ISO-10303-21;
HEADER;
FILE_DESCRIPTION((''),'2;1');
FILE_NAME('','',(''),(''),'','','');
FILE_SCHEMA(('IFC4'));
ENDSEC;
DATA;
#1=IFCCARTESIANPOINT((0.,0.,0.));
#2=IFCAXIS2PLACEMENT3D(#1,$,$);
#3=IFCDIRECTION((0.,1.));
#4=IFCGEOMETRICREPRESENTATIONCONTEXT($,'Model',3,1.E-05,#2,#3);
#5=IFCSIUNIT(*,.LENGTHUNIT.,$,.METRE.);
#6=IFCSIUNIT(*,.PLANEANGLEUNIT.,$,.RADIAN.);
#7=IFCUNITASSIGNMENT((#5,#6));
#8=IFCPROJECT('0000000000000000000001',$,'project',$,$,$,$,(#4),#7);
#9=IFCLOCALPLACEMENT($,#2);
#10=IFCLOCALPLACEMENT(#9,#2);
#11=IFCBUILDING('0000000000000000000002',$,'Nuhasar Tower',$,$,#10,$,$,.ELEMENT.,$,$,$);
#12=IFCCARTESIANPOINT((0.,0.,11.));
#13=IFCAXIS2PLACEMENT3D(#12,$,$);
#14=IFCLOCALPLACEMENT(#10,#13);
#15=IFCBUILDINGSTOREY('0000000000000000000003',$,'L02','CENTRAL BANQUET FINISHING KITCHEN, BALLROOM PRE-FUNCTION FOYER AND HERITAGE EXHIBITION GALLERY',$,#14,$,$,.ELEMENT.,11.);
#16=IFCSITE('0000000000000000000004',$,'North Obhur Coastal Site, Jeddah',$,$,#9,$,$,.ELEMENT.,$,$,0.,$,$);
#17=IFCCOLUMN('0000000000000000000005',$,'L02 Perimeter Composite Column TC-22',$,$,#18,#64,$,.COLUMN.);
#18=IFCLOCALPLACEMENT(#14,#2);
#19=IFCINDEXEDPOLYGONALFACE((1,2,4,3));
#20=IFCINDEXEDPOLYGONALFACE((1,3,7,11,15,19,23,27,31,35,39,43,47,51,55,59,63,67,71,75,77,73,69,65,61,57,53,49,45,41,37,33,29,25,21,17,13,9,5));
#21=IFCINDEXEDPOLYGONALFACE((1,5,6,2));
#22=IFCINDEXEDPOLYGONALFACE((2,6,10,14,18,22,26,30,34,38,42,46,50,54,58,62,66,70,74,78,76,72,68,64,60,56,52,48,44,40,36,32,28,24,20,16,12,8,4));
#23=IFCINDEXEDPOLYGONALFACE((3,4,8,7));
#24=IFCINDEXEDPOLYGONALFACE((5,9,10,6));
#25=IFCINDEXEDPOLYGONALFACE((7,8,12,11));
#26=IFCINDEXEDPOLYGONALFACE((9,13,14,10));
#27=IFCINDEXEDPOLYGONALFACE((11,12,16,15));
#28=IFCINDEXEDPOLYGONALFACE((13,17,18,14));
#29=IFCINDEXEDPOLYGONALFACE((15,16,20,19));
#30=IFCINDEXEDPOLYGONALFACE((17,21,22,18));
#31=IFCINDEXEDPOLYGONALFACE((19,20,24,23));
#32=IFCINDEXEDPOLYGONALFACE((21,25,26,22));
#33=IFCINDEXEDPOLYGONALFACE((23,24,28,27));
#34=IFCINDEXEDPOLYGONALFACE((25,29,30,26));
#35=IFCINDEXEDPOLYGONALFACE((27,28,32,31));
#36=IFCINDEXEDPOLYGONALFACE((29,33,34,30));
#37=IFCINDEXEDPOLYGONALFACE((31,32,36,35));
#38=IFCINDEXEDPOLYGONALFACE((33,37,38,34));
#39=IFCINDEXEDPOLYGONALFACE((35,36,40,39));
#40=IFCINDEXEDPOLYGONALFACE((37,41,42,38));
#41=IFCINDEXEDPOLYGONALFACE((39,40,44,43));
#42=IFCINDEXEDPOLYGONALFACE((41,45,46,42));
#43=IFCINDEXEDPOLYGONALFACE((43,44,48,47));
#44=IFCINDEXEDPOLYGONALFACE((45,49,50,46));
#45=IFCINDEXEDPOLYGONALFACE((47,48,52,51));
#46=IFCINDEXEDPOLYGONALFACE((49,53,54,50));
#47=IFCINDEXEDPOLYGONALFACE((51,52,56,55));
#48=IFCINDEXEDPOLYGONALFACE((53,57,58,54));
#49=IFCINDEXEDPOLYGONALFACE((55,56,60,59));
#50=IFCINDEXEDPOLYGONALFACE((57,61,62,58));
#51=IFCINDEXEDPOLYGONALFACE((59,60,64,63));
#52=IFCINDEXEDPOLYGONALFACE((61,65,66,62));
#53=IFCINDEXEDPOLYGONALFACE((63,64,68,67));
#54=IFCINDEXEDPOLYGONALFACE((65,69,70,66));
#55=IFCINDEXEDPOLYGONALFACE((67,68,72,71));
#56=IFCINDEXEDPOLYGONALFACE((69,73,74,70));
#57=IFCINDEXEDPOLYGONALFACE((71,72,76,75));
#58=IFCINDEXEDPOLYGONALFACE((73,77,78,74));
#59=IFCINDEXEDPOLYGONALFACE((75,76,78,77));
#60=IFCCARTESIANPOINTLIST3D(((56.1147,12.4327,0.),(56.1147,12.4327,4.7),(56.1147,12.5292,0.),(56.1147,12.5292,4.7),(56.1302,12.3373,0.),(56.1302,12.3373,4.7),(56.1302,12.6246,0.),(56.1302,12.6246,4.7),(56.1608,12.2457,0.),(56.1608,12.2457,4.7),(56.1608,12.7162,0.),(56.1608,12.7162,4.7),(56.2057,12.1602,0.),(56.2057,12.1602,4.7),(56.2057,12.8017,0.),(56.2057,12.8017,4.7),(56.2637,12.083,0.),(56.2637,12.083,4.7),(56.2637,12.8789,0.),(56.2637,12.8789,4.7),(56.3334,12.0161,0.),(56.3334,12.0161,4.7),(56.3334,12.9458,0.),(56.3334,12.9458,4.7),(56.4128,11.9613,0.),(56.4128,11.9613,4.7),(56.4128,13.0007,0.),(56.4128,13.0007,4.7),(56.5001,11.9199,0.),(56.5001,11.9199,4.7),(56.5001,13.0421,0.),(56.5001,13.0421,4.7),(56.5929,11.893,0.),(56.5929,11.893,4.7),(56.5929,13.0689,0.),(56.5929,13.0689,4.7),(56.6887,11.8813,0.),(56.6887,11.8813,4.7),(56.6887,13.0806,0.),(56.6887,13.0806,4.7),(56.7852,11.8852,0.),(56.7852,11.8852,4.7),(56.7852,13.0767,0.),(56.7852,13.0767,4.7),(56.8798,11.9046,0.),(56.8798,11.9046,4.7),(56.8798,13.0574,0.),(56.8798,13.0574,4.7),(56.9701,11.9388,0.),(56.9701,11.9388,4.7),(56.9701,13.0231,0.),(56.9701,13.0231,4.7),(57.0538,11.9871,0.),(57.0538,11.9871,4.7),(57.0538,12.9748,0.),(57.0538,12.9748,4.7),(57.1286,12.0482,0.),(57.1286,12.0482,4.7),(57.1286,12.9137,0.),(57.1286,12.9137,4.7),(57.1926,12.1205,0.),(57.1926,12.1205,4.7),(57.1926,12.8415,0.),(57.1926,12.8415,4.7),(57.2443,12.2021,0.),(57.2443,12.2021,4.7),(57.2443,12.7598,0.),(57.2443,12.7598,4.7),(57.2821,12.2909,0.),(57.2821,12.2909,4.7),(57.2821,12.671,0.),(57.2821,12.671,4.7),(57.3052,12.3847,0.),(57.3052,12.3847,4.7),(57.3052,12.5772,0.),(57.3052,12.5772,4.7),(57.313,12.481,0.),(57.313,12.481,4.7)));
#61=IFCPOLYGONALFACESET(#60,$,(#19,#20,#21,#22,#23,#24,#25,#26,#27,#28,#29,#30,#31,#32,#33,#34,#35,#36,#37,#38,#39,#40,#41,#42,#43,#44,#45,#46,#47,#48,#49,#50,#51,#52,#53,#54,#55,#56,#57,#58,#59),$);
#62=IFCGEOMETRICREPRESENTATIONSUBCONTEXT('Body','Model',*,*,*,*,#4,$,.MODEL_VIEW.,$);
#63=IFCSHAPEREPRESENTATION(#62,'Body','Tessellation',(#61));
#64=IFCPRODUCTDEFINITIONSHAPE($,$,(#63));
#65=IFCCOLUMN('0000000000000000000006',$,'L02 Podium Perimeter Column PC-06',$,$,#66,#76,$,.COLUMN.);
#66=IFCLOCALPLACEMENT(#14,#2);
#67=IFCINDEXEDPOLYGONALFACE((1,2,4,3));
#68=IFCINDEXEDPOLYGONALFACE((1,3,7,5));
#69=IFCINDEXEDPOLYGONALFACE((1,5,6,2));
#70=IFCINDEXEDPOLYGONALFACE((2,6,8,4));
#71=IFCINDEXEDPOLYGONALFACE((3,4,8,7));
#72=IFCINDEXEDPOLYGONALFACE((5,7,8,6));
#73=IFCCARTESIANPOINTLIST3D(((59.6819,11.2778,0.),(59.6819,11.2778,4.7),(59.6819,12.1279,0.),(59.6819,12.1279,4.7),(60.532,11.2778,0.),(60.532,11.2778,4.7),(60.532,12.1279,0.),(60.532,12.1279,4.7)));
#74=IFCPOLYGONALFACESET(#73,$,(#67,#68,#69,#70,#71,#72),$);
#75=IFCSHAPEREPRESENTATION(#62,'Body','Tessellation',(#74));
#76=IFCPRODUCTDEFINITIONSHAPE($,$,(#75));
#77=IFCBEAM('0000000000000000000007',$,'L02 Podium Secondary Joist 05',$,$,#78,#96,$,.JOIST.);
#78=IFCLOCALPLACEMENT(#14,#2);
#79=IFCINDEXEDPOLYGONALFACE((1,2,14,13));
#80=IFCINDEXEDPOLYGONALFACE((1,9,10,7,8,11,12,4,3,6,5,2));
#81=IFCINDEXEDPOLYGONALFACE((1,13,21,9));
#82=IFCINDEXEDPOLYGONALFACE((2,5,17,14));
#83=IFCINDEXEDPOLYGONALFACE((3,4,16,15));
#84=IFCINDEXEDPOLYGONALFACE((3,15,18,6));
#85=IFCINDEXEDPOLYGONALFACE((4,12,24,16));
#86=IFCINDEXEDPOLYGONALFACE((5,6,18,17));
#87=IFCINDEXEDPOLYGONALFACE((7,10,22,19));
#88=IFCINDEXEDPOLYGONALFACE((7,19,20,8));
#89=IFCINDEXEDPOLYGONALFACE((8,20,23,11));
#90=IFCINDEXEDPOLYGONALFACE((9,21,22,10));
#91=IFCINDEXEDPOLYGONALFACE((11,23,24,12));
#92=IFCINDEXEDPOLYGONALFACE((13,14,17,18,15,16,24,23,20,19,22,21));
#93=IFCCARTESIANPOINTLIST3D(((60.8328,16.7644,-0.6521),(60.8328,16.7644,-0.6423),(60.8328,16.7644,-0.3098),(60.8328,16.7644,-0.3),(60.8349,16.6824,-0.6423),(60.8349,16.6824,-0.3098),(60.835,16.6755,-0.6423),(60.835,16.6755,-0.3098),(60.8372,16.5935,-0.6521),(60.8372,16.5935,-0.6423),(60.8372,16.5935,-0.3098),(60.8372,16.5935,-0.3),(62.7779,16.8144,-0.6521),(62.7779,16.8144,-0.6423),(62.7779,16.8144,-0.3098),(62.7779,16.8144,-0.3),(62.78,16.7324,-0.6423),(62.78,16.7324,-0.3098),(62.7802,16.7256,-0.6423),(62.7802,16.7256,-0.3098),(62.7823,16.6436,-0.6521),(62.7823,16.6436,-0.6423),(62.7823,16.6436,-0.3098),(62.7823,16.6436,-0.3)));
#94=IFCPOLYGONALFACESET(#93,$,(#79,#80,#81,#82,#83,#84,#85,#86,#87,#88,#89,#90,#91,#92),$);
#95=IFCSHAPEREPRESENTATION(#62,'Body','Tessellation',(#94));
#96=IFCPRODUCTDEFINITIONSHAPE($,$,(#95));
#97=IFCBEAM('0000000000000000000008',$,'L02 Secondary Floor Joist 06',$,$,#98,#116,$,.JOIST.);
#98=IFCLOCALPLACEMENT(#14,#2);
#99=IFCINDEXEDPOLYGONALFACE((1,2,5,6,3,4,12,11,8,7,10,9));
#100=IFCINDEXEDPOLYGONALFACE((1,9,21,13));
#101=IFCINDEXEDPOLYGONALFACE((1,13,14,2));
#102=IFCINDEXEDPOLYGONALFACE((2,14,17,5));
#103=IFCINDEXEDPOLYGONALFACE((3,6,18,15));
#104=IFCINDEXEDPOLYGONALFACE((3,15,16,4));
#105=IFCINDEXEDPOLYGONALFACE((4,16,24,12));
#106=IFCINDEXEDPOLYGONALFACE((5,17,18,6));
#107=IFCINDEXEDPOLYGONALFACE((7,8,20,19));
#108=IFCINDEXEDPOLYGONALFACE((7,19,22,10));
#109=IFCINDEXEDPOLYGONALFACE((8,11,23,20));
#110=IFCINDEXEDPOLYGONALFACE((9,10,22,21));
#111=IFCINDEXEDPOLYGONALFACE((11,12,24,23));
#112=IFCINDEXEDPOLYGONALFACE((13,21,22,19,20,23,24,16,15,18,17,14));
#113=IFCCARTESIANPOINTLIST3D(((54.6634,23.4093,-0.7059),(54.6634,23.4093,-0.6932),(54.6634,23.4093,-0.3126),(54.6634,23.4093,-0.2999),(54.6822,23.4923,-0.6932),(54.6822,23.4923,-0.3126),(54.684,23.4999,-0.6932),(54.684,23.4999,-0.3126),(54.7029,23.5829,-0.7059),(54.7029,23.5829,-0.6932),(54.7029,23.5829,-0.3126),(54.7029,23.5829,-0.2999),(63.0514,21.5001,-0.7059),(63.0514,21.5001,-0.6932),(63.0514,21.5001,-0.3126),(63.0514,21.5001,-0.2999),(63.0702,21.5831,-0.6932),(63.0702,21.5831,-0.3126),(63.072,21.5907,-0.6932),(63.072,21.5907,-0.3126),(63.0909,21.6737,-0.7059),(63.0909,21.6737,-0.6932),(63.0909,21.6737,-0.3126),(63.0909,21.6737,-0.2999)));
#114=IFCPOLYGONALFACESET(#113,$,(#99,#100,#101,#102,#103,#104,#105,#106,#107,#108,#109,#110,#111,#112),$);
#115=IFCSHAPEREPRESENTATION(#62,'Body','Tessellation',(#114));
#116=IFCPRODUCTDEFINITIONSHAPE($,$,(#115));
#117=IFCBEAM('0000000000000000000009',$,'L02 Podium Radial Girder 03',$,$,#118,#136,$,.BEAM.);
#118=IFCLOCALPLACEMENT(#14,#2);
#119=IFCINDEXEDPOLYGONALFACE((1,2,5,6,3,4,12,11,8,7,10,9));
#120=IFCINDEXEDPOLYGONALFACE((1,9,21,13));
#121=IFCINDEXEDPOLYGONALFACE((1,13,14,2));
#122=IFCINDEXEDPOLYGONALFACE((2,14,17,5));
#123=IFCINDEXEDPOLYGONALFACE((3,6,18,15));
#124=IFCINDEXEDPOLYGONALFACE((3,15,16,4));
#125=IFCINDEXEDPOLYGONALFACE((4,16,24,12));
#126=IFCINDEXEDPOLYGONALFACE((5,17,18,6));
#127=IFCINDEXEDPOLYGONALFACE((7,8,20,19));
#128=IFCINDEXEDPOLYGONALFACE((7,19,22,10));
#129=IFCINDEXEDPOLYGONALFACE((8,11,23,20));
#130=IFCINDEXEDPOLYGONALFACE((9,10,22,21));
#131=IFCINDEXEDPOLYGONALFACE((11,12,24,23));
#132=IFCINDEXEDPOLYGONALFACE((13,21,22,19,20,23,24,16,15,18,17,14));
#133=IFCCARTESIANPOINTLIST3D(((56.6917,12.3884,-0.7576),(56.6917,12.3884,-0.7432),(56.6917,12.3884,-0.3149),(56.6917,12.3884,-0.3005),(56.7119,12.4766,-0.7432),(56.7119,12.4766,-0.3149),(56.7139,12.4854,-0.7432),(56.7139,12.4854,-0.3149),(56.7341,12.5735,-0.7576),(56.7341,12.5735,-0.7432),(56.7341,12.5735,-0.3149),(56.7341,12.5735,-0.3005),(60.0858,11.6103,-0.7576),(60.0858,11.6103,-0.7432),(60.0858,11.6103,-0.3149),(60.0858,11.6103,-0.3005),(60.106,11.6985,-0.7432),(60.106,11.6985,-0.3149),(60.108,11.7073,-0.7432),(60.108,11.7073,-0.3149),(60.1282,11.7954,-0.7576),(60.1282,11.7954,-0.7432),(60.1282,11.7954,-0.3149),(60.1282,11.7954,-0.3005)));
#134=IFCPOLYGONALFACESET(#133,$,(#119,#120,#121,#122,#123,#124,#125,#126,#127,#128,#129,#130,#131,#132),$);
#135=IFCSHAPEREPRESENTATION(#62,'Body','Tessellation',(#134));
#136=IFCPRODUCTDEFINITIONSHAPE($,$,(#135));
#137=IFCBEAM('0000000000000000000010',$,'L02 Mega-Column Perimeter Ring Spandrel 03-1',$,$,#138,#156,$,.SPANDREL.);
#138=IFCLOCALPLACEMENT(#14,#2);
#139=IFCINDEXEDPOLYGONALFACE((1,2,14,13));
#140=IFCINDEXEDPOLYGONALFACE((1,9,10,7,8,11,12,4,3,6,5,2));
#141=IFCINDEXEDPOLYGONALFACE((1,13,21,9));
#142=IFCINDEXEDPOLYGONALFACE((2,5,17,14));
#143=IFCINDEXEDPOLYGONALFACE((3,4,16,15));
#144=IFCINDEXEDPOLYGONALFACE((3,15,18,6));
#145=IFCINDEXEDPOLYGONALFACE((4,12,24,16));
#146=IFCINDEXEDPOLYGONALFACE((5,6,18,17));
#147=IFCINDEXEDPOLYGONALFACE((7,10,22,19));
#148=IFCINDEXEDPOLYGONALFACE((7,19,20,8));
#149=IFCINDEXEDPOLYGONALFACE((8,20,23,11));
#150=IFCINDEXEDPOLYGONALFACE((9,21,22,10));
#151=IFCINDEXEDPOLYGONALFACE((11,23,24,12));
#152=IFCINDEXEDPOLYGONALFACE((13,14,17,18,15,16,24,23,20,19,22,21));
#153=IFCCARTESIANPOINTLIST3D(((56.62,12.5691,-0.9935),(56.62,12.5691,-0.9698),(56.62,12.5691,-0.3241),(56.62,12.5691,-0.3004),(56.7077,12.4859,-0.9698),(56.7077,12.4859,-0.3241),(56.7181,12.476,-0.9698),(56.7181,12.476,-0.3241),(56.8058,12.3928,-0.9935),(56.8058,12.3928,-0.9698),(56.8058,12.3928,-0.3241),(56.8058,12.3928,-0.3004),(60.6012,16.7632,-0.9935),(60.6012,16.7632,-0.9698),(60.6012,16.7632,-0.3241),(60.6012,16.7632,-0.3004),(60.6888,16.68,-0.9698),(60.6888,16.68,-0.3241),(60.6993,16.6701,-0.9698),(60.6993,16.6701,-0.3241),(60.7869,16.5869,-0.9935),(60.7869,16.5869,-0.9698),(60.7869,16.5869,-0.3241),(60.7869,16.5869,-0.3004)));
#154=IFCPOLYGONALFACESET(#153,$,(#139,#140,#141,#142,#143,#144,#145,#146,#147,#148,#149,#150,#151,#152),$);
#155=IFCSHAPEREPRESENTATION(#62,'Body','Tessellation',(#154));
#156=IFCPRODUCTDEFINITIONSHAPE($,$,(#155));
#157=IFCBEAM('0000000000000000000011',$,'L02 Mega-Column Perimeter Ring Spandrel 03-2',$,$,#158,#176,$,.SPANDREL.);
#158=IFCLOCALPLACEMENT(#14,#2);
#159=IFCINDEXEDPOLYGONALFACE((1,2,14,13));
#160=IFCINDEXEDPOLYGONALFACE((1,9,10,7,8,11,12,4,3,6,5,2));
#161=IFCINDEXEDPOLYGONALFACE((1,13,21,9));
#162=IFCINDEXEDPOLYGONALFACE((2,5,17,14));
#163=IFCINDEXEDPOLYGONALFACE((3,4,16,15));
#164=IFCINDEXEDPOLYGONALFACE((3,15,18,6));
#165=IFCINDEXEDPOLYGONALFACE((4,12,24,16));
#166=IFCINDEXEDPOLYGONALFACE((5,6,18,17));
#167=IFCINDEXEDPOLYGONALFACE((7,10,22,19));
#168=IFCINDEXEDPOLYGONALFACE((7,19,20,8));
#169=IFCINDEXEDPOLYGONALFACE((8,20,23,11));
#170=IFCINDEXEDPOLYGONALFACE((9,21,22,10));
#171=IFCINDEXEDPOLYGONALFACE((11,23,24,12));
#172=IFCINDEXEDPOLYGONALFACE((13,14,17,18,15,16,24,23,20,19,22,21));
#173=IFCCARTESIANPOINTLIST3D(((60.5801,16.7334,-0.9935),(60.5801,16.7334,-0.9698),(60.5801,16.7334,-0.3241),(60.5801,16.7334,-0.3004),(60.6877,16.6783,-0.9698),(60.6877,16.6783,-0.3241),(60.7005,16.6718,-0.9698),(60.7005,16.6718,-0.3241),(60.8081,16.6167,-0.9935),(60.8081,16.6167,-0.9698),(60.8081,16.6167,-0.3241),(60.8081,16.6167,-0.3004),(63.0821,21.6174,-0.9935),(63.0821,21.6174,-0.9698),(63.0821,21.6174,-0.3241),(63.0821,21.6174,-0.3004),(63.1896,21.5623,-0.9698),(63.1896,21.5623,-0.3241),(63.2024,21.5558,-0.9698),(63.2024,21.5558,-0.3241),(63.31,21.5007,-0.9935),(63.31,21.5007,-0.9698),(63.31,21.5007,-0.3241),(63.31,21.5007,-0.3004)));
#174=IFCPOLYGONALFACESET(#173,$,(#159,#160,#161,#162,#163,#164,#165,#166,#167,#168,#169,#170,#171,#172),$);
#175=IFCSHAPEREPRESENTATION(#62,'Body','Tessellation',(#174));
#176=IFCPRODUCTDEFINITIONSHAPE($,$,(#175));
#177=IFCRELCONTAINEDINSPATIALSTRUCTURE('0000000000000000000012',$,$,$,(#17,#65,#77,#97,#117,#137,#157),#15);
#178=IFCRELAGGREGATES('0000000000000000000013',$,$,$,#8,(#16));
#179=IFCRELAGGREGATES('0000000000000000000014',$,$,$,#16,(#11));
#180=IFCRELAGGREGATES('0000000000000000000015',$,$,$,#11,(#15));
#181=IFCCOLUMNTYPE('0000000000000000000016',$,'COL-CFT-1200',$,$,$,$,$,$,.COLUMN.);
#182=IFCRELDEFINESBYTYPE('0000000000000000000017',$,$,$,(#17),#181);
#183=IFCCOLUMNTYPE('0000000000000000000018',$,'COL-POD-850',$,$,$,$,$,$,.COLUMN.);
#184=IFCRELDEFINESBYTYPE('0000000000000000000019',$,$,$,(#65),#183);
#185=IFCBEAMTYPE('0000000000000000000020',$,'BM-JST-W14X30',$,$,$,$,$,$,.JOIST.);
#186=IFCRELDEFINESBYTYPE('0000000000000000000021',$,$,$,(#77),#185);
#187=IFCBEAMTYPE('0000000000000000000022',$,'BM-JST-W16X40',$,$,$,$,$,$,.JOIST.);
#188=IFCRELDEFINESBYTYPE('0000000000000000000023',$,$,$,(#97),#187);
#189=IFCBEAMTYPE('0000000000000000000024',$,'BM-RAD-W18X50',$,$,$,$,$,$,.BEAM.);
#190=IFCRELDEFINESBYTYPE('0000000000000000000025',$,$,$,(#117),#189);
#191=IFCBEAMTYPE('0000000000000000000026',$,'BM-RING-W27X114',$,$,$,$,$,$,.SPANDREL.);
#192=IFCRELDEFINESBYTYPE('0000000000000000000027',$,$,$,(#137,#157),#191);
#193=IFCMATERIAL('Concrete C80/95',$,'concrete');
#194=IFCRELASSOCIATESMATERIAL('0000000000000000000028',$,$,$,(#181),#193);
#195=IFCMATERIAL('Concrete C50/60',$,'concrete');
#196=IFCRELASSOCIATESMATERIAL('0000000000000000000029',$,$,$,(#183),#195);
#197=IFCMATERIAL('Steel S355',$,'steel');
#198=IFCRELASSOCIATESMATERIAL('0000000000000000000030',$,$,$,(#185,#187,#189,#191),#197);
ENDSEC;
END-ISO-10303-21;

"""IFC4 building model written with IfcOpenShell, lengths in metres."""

from ifc_helpers import new_model, si_unit, direction, frame, origin, origin_2d, place, context, subcontext, project, spatial, rectangle, circle, i_section, extrude, material, material_profile, profile_set, type_object, element, save


model = new_model("IFC4")

# Units and contexts
model_context = context("Model", 3, precision=1e-05, world=origin(), true_north=direction((0.0, 1.0)))
body_context = subcontext(model_context, "Body", "Model", "MODEL_VIEW")
ifc_project = project(units=[si_unit("LENGTHUNIT", "METRE"), si_unit("PLANEANGLEUNIT", "RADIAN")], contexts=[model_context])

# Site, building, storey
site_placement = place(None, origin())
site = spatial("IfcSite", under=ifc_project, at=site_placement, Name="North Obhur Coastal Site, Jeddah", CompositionType="ELEMENT", RefElevation=0.0)
building_placement = place(site_placement, origin())
building = spatial("IfcBuilding", under=site, at=building_placement, Name="Nuhasar Tower", CompositionType="ELEMENT")
storey_placement = place(building_placement, frame((0.0, 0.0, 11.0)))
storey = spatial("IfcBuildingStorey", under=building, at=storey_placement, Name="L02", Description="CENTRAL BANQUET FINISHING KITCHEN, BALLROOM PRE-FUNCTION FOYER AND HERITAGE EXHIBITION GALLERY", CompositionType="ELEMENT", Elevation=11.0)

# Columns
ifc_material_1 = material(Name="Concrete C80/95", Category="concrete")
ifc_material_profile_1 = material_profile(ifc_material_1, circle(Radius=0.6001, at=origin_2d()), Name="CFT1200")
ifc_profile_set_1 = profile_set([ifc_material_profile_1], Name="Concrete C80/95")
column_type_1 = type_object("IfcColumnType", Name="COL-CFT-1200", PredefinedType="COLUMN", material=ifc_profile_set_1)
column_1_placement = place(storey_placement, frame((56.7129, 12.481, 0.0), z_axis=(0.0, 0.0, 1.0), x_axis=(1.0, 0.0, 0.0)))
element("IfcColumn", 1, at=column_1_placement, inside=storey, type_object=column_type_1, Name="L02 Perimeter Composite Column TC-22", PredefinedType="COLUMN", context=body_context, shape_type="SweptSolid", body=[
    extrude(circle(Radius=0.6001, at=origin_2d()), origin(), (0.0, 0.0, 1.0), 4.7),
])
ifc_material_2 = material(Name="Concrete C50/60", Category="concrete")
ifc_material_profile_2 = material_profile(ifc_material_2, rectangle(XDim=0.8501, YDim=0.8501, at=origin_2d()), Name="RC850X850")
ifc_profile_set_2 = profile_set([ifc_material_profile_2], Name="Concrete C50/60")
column_type_2 = type_object("IfcColumnType", Name="COL-POD-850", PredefinedType="COLUMN", material=ifc_profile_set_2)
column_2_placement = place(storey_placement, frame((60.1069, 11.7029, 0.0), z_axis=(0.0, 0.0, 1.0), x_axis=(1.0, 0.0, 0.0)))
element("IfcColumn", 2, at=column_2_placement, inside=storey, type_object=column_type_2, Name="L02 Podium Perimeter Column PC-06", PredefinedType="COLUMN", context=body_context, shape_type="SweptSolid", body=[
    extrude(rectangle(XDim=0.8501, YDim=0.8501, at=origin_2d()), origin(), (0.0, 0.0, 1.0), 4.7),
])

# Beams
ifc_material_3 = material(Name="Steel S355", Category="steel")
ifc_material_profile_3 = material_profile(ifc_material_3, i_section(OverallWidth=0.1709, OverallDepth=0.3521, WebThickness=0.0068, FlangeThickness=0.0098, at=origin_2d()), Name="W14X30")
ifc_profile_set_3 = profile_set([ifc_material_profile_3], Name="Steel S355")
beam_type_1 = type_object("IfcBeamType", Name="BM-JST-W14X30", PredefinedType="JOIST", material=ifc_profile_set_3)
beam_1_placement = place(storey_placement, frame((60.835, 16.679, -0.4761), z_axis=(0.999669, 0.025723, 0.0), x_axis=(-0.025723, 0.999669, 0.0)))
element("IfcBeam", 3, at=beam_1_placement, inside=storey, type_object=beam_type_1, Name="L02 Podium Secondary Joist 05", PredefinedType="JOIST", context=body_context, shape_type="SweptSolid", body=[
    extrude(i_section(OverallWidth=0.1709, OverallDepth=0.3521, WebThickness=0.0068, FlangeThickness=0.0098, at=origin_2d()), origin(), (0.0, 0.0, 1.0), 1.9458),
])
ifc_material_profile_4 = material_profile(ifc_material_3, i_section(OverallWidth=0.178, OverallDepth=0.406, WebThickness=0.0078, FlangeThickness=0.0127, at=origin_2d()), Name="W16X40")
ifc_profile_set_4 = profile_set([ifc_material_profile_4], Name="Steel S355")
beam_type_2 = type_object("IfcBeamType", Name="BM-JST-W16X40", PredefinedType="JOIST", material=ifc_profile_set_4)
beam_2_placement = place(storey_placement, frame((54.6831, 23.4961, -0.5029), z_axis=(0.975062, -0.221934, 0.0), x_axis=(0.221934, 0.975062, 0.0)))
element("IfcBeam", 4, at=beam_2_placement, inside=storey, type_object=beam_type_2, Name="L02 Secondary Floor Joist 06", PredefinedType="JOIST", context=body_context, shape_type="SweptSolid", body=[
    extrude(i_section(OverallWidth=0.178, OverallDepth=0.406, WebThickness=0.0078, FlangeThickness=0.0127, at=origin_2d()), origin(), (0.0, 0.0, 1.0), 8.6025),
])
ifc_material_profile_5 = material_profile(ifc_material_3, i_section(OverallWidth=0.1899, OverallDepth=0.457, WebThickness=0.009, FlangeThickness=0.0144, at=origin_2d()), Name="W18X50")
ifc_profile_set_5 = profile_set([ifc_material_profile_5], Name="Steel S355")
beam_type_3 = type_object("IfcBeamType", Name="BM-RAD-W18X50", PredefinedType="BEAM", material=ifc_profile_set_5)
beam_3_placement = place(storey_placement, frame((56.7129, 12.481, -0.5291), z_axis=(0.974715, -0.223451, 0.0), x_axis=(0.223451, 0.974715, 0.0)))
element("IfcBeam", 5, at=beam_3_placement, inside=storey, type_object=beam_type_3, Name="L02 Podium Radial Girder 03", PredefinedType="BEAM", context=body_context, shape_type="SweptSolid", body=[
    extrude(i_section(OverallWidth=0.1899, OverallDepth=0.457, WebThickness=0.009, FlangeThickness=0.0144, at=origin_2d()), origin(), (0.0, 0.0, 1.0), 3.4822),
])
ifc_material_profile_6 = material_profile(ifc_material_3, i_section(OverallWidth=0.2561, OverallDepth=0.6931, WebThickness=0.0144, FlangeThickness=0.0237, at=origin_2d()), Name="W27X114")
ifc_profile_set_6 = profile_set([ifc_material_profile_6], Name="Steel S355")
beam_type_4 = type_object("IfcBeamType", Name="BM-RING-W27X114", PredefinedType="SPANDREL", material=ifc_profile_set_6)
beam_4_placement = place(storey_placement, frame((56.7129, 12.481, -0.647), z_axis=(0.68846, 0.725274, 0.0), x_axis=(-0.725274, 0.68846, 0.0)))
element("IfcBeam", 6, at=beam_4_placement, inside=storey, type_object=beam_type_4, Name="L02 Mega-Column Perimeter Ring Spandrel 03-1", PredefinedType="SPANDREL", context=body_context, shape_type="SweptSolid", body=[
    extrude(i_section(OverallWidth=0.2561, OverallDepth=0.6931, WebThickness=0.0144, FlangeThickness=0.0237, at=origin_2d()), origin(), (0.0, 0.0, 1.0), 5.7827),
])
beam_5_placement = place(storey_placement, frame((60.6941, 16.675, -0.647), z_axis=(0.45593, 0.890016, 0.0), x_axis=(-0.890016, 0.45593, 0.0)))
element("IfcBeam", 7, at=beam_5_placement, inside=storey, type_object=beam_type_4, Name="L02 Mega-Column Perimeter Ring Spandrel 03-2", PredefinedType="SPANDREL", context=body_context, shape_type="SweptSolid", body=[
    extrude(i_section(OverallWidth=0.2561, OverallDepth=0.6931, WebThickness=0.0144, FlangeThickness=0.0237, at=origin_2d()), origin(), (0.0, 0.0, 1.0), 5.4875),
])

save(model, "model.ifc")
